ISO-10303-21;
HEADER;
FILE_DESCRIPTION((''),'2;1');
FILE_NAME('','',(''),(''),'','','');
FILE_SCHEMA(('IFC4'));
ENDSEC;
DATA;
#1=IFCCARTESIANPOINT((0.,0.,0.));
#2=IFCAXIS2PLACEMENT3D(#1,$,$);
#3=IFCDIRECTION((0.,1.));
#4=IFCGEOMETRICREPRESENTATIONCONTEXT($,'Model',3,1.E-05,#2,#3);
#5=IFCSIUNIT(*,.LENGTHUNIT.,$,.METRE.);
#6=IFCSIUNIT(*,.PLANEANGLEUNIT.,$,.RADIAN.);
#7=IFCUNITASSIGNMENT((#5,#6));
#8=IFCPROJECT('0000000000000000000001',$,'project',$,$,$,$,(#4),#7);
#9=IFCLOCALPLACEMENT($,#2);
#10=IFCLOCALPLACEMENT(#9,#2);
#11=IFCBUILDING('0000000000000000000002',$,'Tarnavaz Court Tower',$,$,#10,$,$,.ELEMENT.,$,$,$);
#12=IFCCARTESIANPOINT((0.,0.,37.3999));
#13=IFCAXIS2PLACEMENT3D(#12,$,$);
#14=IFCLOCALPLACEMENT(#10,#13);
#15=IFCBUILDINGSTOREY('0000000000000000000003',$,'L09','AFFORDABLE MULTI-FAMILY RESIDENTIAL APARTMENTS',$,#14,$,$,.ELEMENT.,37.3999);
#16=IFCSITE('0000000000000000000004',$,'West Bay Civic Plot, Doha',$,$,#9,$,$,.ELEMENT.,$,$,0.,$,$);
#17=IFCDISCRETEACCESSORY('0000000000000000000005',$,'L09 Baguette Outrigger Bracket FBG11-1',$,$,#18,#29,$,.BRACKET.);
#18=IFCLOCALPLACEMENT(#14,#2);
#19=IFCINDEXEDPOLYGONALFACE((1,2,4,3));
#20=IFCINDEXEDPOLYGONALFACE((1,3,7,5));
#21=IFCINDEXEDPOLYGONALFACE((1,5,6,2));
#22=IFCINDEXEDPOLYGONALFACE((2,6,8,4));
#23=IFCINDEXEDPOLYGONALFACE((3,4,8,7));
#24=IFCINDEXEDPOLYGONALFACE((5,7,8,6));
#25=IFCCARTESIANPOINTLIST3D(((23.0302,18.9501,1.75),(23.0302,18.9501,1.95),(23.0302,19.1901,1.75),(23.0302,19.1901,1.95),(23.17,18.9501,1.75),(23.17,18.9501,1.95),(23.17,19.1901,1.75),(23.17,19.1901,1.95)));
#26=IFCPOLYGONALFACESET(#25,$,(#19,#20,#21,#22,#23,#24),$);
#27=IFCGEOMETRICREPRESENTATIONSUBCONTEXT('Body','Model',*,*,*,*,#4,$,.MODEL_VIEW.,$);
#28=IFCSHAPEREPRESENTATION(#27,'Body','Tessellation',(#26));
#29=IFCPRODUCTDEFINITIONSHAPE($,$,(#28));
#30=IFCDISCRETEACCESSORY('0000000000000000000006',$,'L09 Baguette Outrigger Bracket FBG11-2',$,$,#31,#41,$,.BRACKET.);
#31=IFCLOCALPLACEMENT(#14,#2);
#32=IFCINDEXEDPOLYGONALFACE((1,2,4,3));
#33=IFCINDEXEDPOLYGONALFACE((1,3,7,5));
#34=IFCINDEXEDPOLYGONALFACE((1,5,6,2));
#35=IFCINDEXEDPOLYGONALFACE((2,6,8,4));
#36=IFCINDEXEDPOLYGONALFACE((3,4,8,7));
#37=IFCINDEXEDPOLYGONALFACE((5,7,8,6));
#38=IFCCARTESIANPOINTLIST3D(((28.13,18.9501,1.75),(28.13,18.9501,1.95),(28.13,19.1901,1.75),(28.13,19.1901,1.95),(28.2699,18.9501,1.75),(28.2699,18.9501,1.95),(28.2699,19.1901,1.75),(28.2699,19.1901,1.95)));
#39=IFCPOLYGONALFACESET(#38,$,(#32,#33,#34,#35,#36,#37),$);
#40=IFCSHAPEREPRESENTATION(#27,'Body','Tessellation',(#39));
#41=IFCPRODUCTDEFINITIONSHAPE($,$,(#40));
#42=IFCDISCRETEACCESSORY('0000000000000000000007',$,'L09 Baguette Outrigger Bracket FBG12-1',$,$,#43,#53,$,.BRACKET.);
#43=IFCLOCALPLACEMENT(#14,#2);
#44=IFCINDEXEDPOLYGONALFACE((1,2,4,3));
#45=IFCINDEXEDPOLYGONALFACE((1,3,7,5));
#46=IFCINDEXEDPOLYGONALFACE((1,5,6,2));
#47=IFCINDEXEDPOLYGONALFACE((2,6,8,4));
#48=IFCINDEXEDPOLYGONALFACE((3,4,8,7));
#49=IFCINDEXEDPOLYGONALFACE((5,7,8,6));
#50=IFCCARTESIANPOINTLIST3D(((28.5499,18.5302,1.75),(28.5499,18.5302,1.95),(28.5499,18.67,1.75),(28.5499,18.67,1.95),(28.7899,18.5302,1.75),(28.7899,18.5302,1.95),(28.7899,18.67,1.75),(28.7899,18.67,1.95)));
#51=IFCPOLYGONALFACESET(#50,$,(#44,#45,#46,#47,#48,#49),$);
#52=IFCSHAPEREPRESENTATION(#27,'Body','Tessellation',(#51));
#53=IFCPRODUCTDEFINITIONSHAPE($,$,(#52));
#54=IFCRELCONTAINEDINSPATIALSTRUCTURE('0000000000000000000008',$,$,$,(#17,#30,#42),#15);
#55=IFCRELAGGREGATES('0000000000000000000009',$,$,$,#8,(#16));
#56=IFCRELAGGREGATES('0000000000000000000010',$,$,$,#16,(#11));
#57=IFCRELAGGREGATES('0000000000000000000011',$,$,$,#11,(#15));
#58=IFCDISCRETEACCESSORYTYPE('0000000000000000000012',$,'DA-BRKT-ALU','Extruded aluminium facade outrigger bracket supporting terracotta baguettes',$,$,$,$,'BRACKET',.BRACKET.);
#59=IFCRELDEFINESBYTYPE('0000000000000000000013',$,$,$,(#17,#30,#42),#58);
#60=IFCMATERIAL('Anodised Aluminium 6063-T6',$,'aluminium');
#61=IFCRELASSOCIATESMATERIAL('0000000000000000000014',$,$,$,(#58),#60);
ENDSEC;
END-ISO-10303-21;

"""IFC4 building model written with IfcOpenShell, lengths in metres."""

from ifc_helpers import new_model, si_unit, direction, frame, origin, origin_2d, place, context, subcontext, project, spatial, rectangle, extrude, material, type_object, element, save


model = new_model("IFC4")

# Units and contexts
model_context = context("Model", 3, precision=1e-05, world=origin(), true_north=direction((0.0, 1.0)))
body_context = subcontext(model_context, "Body", "Model", "MODEL_VIEW")
ifc_project = project(units=[si_unit("LENGTHUNIT", "METRE"), si_unit("PLANEANGLEUNIT", "RADIAN")], contexts=[model_context])

# Site, building, storey
site_placement = place(None, origin())
site = spatial("IfcSite", under=ifc_project, at=site_placement, Name="West Bay Civic Plot, Doha", CompositionType="ELEMENT", RefElevation=0.0)
building_placement = place(site_placement, origin())
building = spatial("IfcBuilding", under=site, at=building_placement, Name="Tarnavaz Court Tower", CompositionType="ELEMENT")
storey_placement = place(building_placement, frame((0.0, 0.0, 37.3999)))
storey = spatial("IfcBuildingStorey", under=building, at=storey_placement, Name="L09", Description="AFFORDABLE MULTI-FAMILY RESIDENTIAL APARTMENTS", CompositionType="ELEMENT", Elevation=37.3999)

# Discrete accessories
ifc_material_1 = material(Name="Anodised Aluminium 6063-T6", Category="aluminium")
discrete_accessory_type = type_object("IfcDiscreteAccessoryType", Name="DA-BRKT-ALU", Description="Extruded aluminium facade outrigger bracket supporting terracotta baguettes", ElementType="BRACKET", PredefinedType="BRACKET", material=ifc_material_1)
for number, where, z_axis, x_axis, name in (
    (1, (23.1001, 19.0701, 1.75), (0.0, 0.0, 1.0), (1.0, 0.0, 0.0), "L09 Baguette Outrigger Bracket FBG11-1"),
    (2, (28.2, 19.0701, 1.75), (0.0, 0.0, 1.0), (1.0, 0.0, 0.0), "L09 Baguette Outrigger Bracket FBG11-2"),
    (3, (28.6699, 18.6001, 1.75), (0.0, 0.0, 1.0), (0.0, -1.0, 0.0), "L09 Baguette Outrigger Bracket FBG12-1"),
):
    element("IfcDiscreteAccessory", number, at=place(storey_placement, frame(where, z_axis=z_axis, x_axis=x_axis)), inside=storey, type_object=discrete_accessory_type, Name=name, PredefinedType="BRACKET", context=body_context, shape_type="SweptSolid", body=[
        extrude(rectangle(XDim=0.1399, YDim=0.24, at=origin_2d()), origin(), (0.0, 0.0, 1.0), 0.2),
    ])

save(model, "model.ifc")
